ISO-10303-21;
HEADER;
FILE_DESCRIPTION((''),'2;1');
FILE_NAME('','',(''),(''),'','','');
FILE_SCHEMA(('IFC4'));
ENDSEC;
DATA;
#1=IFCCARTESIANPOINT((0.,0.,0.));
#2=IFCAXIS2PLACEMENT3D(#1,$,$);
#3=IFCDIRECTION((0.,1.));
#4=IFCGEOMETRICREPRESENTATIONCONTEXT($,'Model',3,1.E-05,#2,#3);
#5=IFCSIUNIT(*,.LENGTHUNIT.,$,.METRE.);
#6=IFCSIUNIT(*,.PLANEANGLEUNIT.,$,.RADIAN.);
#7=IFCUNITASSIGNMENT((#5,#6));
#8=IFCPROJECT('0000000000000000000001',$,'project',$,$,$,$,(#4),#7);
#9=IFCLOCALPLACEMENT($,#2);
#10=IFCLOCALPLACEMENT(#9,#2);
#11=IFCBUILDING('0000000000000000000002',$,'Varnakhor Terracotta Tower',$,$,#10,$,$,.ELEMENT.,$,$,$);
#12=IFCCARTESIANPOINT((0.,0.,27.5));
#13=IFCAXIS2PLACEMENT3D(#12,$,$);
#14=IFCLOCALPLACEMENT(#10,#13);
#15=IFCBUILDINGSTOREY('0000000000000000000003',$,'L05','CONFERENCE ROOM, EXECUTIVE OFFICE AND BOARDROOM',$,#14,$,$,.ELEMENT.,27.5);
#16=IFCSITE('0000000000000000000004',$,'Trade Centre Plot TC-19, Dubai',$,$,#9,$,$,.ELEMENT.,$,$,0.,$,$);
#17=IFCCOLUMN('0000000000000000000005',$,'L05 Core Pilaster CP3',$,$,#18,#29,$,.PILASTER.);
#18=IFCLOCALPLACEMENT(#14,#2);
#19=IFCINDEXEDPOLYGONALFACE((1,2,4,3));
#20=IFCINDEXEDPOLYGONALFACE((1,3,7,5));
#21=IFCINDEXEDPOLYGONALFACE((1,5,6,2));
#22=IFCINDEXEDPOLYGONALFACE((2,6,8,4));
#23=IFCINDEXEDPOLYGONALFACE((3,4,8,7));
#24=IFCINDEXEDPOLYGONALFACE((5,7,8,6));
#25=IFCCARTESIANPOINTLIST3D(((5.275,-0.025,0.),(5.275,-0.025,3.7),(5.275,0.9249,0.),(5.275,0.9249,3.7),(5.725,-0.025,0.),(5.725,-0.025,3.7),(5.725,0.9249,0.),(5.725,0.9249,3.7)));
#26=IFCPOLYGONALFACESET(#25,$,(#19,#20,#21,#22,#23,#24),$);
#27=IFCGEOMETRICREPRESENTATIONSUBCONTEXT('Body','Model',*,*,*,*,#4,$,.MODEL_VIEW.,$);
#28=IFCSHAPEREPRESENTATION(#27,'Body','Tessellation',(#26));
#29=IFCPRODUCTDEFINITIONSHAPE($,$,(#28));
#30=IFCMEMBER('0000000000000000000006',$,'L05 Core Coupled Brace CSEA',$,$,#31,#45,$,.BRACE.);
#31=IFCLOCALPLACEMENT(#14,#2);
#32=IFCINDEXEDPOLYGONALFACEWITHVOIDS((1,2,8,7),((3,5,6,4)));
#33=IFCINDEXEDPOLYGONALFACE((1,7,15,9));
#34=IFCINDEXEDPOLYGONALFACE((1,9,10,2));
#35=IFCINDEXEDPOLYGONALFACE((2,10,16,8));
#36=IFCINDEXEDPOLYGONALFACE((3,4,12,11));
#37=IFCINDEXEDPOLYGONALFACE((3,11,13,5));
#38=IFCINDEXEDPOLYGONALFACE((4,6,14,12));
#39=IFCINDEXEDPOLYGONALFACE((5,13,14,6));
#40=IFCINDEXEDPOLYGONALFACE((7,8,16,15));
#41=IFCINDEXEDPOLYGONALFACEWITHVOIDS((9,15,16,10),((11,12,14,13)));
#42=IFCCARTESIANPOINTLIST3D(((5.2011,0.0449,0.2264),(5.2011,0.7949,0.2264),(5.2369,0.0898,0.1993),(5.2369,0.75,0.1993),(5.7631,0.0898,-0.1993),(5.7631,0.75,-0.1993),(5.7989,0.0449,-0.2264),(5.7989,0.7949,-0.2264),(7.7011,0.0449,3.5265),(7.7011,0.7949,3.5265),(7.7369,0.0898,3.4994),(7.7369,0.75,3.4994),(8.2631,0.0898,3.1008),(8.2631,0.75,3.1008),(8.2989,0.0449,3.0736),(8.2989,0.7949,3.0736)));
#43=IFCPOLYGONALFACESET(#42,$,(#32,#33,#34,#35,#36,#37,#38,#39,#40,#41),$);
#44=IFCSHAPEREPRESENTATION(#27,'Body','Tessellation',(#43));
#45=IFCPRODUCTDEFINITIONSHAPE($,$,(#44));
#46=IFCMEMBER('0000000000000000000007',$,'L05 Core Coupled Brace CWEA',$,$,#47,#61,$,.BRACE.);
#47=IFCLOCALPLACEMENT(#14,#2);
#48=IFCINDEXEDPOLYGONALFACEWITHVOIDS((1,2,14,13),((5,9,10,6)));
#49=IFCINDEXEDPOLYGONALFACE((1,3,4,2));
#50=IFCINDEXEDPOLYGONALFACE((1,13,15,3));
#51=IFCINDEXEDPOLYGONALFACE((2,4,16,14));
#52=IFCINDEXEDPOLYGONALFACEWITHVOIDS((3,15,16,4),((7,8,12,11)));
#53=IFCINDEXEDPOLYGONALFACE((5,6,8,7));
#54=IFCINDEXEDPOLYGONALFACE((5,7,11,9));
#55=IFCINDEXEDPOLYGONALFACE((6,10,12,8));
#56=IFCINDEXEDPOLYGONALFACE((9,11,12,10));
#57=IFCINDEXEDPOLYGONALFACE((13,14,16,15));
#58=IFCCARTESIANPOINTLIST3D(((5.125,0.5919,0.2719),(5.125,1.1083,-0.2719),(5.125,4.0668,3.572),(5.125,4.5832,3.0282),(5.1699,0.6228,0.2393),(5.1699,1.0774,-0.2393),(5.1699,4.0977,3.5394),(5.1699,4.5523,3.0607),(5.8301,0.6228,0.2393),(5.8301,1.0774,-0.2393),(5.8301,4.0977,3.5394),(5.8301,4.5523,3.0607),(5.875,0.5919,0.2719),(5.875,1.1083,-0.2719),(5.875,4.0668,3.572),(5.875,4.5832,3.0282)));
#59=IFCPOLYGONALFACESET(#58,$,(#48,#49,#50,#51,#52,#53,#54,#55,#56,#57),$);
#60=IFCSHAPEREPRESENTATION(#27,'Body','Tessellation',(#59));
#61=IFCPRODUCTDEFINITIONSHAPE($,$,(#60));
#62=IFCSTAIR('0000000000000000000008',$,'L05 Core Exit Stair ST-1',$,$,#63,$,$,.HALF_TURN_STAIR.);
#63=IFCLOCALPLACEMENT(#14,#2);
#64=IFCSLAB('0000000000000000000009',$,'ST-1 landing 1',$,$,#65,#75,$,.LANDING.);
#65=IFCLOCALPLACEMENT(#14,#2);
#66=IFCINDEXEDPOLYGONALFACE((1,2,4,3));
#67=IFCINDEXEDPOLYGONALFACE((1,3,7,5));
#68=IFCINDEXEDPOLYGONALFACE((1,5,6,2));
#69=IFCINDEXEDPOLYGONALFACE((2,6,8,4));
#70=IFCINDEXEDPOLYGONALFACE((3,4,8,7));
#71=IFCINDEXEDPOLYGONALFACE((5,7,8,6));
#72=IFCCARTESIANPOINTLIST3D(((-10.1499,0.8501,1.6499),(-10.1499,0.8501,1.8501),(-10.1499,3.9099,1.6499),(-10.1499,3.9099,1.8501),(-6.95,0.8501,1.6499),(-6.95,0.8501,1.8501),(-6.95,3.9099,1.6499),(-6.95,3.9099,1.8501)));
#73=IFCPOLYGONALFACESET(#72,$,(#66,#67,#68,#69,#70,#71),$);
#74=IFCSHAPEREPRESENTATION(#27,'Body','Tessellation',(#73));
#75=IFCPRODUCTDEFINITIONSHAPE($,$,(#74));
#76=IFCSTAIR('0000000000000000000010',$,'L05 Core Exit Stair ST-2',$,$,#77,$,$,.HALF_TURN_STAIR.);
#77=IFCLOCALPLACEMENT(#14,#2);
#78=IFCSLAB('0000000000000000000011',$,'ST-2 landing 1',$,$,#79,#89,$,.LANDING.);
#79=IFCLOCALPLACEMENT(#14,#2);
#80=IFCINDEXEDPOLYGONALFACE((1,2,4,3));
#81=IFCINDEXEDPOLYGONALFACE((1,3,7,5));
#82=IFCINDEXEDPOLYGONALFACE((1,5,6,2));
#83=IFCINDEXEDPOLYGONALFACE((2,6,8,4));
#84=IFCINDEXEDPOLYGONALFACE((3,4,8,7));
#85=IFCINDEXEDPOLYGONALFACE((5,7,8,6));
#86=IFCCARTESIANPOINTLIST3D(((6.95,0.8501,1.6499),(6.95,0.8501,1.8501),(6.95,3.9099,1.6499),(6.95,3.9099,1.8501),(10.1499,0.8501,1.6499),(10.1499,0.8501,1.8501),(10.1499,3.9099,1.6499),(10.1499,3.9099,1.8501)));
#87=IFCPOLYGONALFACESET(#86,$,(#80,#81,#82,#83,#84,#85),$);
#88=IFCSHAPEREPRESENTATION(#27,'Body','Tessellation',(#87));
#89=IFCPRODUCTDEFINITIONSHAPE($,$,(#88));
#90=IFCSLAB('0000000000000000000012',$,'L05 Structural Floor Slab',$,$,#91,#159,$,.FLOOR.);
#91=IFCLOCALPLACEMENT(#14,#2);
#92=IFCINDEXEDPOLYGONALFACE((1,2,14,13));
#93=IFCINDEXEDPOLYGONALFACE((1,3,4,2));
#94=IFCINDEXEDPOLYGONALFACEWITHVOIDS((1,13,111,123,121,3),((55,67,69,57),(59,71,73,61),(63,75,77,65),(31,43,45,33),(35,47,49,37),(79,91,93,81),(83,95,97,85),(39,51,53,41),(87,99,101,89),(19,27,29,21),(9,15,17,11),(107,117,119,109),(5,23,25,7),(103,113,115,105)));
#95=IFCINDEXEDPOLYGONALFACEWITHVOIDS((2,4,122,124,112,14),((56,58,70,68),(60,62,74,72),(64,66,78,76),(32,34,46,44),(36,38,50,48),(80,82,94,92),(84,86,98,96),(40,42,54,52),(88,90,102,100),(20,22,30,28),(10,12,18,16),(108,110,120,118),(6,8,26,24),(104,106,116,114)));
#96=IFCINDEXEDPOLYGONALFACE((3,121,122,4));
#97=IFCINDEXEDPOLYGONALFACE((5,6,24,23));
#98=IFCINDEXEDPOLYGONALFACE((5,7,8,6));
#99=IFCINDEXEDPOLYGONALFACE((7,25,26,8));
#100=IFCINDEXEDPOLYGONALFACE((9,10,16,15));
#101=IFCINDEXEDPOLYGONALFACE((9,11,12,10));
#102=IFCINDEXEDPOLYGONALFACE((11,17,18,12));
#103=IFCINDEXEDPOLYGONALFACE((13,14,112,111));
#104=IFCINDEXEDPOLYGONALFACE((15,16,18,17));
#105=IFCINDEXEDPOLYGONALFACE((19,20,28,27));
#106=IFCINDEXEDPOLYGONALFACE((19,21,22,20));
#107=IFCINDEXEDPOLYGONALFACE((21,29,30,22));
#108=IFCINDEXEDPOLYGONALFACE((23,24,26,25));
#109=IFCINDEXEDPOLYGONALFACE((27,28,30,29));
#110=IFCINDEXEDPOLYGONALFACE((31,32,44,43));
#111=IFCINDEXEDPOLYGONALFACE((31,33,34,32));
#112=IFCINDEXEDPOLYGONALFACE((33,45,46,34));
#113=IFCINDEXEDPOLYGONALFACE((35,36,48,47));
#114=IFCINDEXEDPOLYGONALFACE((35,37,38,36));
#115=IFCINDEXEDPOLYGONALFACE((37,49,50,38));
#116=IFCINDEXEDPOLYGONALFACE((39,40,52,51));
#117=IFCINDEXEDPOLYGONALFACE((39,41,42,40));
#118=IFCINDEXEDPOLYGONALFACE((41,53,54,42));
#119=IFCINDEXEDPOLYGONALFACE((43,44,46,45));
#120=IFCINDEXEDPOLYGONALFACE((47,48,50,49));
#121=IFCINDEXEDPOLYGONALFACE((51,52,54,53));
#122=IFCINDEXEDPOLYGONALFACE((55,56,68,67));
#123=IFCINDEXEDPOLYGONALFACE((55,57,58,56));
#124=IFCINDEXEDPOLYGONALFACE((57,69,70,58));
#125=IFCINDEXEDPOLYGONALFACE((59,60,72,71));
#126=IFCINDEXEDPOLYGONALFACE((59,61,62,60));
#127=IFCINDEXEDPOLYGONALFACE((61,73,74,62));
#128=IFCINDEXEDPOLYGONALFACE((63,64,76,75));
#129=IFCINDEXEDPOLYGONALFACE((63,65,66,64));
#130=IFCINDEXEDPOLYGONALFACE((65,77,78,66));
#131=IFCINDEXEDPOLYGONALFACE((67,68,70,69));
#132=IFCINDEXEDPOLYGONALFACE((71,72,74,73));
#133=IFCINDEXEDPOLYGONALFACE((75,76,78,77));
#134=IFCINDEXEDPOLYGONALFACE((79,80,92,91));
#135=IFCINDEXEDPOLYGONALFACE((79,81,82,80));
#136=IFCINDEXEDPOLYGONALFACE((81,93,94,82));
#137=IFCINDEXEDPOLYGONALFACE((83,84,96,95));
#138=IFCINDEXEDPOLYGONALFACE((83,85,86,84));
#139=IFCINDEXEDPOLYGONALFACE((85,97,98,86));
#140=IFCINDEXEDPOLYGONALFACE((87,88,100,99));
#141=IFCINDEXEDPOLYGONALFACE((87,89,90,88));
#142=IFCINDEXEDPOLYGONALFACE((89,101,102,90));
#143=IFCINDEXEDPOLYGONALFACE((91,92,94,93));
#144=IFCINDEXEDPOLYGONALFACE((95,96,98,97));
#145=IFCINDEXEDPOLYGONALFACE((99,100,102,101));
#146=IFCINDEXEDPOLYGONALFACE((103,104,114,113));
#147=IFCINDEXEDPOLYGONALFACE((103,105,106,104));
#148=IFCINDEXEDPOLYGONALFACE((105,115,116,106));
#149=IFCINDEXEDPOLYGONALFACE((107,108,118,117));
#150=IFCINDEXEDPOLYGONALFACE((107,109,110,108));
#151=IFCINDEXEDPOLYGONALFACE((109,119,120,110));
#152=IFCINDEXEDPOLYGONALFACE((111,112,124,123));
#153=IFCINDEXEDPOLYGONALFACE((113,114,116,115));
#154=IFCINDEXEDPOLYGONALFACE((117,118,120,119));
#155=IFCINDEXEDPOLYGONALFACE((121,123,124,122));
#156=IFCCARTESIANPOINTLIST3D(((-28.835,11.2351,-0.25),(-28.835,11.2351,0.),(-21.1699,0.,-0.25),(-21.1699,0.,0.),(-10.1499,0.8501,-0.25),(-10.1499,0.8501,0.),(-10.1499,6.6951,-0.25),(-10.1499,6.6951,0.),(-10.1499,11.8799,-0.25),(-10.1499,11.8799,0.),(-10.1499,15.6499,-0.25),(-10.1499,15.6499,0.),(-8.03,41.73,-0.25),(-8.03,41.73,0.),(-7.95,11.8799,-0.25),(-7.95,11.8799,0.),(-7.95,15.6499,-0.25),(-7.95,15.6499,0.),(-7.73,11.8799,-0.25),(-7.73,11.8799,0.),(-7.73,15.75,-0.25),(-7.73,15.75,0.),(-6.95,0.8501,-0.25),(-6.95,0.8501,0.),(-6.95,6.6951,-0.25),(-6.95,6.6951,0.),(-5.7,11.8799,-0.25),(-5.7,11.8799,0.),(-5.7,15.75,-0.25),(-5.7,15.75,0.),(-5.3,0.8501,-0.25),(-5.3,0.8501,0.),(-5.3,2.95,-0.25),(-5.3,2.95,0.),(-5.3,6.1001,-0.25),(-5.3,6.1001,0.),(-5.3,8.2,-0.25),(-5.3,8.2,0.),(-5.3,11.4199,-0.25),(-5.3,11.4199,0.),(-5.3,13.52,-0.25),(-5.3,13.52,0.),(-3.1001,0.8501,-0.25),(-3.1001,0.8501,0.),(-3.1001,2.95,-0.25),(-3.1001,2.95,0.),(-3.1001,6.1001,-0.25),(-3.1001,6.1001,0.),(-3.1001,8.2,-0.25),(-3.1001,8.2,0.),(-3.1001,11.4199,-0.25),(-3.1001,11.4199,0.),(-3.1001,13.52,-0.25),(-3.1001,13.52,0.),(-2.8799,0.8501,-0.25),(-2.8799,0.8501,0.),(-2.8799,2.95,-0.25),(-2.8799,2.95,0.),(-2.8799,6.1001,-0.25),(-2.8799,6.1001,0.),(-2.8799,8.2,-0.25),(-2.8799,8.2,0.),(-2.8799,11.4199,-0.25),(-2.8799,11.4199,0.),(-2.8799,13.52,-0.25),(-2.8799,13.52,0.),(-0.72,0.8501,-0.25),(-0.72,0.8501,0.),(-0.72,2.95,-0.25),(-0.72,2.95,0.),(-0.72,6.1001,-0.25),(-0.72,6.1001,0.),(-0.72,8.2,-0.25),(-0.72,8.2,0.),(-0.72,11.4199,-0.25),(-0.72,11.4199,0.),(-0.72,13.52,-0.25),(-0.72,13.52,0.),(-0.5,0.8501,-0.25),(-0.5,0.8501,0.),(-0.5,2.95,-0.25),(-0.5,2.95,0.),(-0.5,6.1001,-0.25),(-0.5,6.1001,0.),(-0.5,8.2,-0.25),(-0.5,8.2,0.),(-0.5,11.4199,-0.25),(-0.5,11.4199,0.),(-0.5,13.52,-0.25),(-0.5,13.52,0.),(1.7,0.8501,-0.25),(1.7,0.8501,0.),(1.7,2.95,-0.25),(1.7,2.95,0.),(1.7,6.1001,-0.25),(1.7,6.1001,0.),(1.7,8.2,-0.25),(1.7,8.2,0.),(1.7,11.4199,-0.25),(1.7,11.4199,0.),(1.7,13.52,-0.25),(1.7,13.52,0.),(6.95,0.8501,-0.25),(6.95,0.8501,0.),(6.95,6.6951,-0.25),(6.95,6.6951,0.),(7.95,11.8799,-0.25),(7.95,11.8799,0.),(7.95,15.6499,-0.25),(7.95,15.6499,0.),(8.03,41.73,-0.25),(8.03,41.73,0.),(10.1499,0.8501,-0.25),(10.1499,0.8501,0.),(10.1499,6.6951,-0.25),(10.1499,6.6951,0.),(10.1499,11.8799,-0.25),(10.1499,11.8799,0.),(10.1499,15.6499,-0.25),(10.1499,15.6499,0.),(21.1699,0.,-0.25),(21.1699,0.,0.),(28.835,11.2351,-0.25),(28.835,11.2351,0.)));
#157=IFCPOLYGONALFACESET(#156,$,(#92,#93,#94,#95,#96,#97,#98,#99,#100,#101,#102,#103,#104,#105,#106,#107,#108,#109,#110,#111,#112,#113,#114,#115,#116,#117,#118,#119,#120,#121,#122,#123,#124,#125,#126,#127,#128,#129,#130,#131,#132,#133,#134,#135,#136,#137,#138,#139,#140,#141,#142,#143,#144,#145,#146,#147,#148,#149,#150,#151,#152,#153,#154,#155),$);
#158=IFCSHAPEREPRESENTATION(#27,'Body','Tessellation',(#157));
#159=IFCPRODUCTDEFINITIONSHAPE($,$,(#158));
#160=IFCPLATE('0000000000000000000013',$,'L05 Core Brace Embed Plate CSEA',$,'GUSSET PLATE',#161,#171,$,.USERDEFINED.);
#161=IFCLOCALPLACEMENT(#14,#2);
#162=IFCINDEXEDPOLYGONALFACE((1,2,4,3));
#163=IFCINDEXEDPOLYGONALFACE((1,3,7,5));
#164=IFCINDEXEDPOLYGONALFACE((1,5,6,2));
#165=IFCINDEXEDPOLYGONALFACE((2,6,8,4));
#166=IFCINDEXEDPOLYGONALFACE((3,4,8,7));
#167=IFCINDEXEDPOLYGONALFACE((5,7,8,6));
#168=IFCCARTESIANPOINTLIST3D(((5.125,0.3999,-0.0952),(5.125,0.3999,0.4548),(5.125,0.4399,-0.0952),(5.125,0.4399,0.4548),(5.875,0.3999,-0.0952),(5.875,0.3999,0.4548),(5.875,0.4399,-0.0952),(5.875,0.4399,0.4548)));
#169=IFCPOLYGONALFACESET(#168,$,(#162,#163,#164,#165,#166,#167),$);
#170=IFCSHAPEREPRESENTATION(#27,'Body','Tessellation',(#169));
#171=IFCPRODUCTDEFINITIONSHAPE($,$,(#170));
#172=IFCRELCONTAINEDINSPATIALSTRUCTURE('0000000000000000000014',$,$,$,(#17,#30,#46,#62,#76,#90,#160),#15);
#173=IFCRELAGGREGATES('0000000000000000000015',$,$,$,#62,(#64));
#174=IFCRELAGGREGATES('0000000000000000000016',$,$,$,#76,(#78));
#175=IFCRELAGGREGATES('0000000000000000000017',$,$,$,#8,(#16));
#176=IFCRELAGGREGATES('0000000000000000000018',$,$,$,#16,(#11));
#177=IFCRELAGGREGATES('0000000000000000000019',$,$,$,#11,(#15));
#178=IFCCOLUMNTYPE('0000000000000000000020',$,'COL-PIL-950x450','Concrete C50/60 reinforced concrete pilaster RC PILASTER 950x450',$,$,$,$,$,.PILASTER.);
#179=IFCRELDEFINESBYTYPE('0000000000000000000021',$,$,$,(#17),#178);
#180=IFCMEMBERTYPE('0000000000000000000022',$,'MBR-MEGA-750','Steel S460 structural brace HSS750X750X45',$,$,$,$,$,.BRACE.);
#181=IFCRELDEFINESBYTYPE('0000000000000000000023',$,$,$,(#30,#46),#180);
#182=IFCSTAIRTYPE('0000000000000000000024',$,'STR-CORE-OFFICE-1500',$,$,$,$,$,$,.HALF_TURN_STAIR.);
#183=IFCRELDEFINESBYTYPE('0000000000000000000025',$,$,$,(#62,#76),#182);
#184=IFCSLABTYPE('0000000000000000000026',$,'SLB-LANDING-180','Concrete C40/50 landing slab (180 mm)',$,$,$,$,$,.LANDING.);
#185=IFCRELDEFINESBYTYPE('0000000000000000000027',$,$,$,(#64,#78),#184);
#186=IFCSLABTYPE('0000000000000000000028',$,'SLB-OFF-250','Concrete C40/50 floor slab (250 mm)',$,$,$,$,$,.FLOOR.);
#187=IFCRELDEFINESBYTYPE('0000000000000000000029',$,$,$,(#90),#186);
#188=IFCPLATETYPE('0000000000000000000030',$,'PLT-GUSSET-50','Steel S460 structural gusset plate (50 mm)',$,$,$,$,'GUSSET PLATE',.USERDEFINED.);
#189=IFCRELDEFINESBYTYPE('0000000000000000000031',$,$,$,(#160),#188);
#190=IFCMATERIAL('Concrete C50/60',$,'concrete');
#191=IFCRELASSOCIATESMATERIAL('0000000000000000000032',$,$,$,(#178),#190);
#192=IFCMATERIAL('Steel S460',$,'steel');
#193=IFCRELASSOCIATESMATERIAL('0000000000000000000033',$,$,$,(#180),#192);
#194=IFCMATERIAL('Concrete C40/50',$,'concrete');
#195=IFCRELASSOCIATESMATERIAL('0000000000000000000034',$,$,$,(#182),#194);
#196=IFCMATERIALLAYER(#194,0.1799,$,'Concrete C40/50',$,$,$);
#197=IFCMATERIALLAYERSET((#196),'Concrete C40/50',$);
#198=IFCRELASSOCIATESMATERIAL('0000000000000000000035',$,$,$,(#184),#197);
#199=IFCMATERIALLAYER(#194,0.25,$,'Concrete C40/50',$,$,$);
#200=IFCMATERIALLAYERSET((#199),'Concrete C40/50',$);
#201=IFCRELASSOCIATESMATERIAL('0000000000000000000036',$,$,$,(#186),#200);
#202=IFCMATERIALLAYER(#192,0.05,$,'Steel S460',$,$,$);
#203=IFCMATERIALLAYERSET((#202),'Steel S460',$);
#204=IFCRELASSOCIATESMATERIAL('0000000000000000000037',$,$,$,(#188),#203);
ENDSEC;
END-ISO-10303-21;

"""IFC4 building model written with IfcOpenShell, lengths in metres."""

from ifc_helpers import new_model, si_unit, direction, frame, origin, origin_2d, place, context, subcontext, project, spatial, polyline, rectangle, hollow_rectangle, outline, extrude, source, transform, mapped, material, layer, layer_set, material_profile, profile_set, type_object, type_shapes, element, aggregate, save


model = new_model("IFC4")

# Units and contexts
model_context = context("Model", 3, precision=1e-05, world=origin(), true_north=direction((0.0, 1.0)))
body_context = subcontext(model_context, "Body", "Model", "MODEL_VIEW")
ifc_project = project(units=[si_unit("LENGTHUNIT", "METRE"), si_unit("PLANEANGLEUNIT", "RADIAN")], contexts=[model_context])

# Site, building, storey
site_placement = place(None, origin())
site = spatial("IfcSite", under=ifc_project, at=site_placement, Name="Trade Centre Plot TC-19, Dubai", CompositionType="ELEMENT", RefElevation=0.0)
building_placement = place(site_placement, origin())
building = spatial("IfcBuilding", under=site, at=building_placement, Name="Varnakhor Terracotta Tower", CompositionType="ELEMENT")
storey_placement = place(building_placement, frame((0.0, 0.0, 27.5)))
storey = spatial("IfcBuildingStorey", under=building, at=storey_placement, Name="L05", Description="CONFERENCE ROOM, EXECUTIVE OFFICE AND BOARDROOM", CompositionType="ELEMENT", Elevation=27.5)

# Column
ifc_material_1 = material(Name="Concrete C50/60", Category="concrete")
ifc_material_profile_1 = material_profile(ifc_material_1, rectangle(XDim=0.45, YDim=0.95, at=origin_2d()), Name="RC PILASTER 950x450")
ifc_profile_set_1 = profile_set([ifc_material_profile_1], Name="Concrete C50/60")
column_type = type_object("IfcColumnType", Name="COL-PIL-950x450", Description="Concrete C50/60 reinforced concrete pilaster RC PILASTER 950x450", PredefinedType="PILASTER", material=ifc_profile_set_1)
shared_shape_1 = source(origin(), body_context, "Body", "SweptSolid", [
    extrude(rectangle(XDim=0.45, YDim=0.95, at=origin_2d()), origin(), (0.0, 0.0, 1.0), 3.7),
])
column_placement = place(storey_placement, frame((5.5, 0.45, 0.0), z_axis=(0.0, 0.0, 1.0), x_axis=(1.0, 0.0, 0.0)))
element("IfcColumn", 1, at=column_placement, inside=storey, type_object=column_type, Name="L05 Core Pilaster CP3", PredefinedType="PILASTER", context=body_context, shape_type="MappedRepresentation", body=[
    mapped(shared_shape_1, transform((0.0, 0.0, 0.0), scale=1.0)),
])

# Members
ifc_material_2 = material(Name="Steel S460", Category="steel")
ifc_material_profile_2 = material_profile(ifc_material_2, hollow_rectangle(XDim=0.75, YDim=0.75, WallThickness=0.0449, at=origin_2d()), Name="HSS750X750X45")
ifc_profile_set_2 = profile_set([ifc_material_profile_2], Name="Steel S460")
member_type = type_object("IfcMemberType", Name="MBR-MEGA-750", Description="Steel S460 structural brace HSS750X750X45", PredefinedType="BRACE", material=ifc_profile_set_2)
shared_shape_2 = source(origin(), body_context, "Body", "SweptSolid", [
    extrude(hollow_rectangle(XDim=0.75, YDim=0.75, WallThickness=0.0449, at=origin_2d()), origin(), (0.0, 0.0, 1.0), 4.1401),
])
type_shapes(member_type, [shared_shape_2])
member_1_placement = place(storey_placement, frame((5.5, 0.4199, 0.0), z_axis=(0.603852, 0.0, 0.797096), x_axis=(0.0, 1.0, 0.0)))
element("IfcMember", 2, at=member_1_placement, inside=storey, type_object=member_type, Name="L05 Core Coupled Brace CSEA", PredefinedType="BRACE", context=body_context, shape_type="MappedRepresentation", body=[
    mapped(shared_shape_2, transform((0.0, 0.0, 0.0), scale=1.0)),
])
shared_shape_3 = source(origin(), body_context, "Body", "SweptSolid", [
    extrude(hollow_rectangle(XDim=0.75, YDim=0.75, WallThickness=0.0449, at=origin_2d()), origin(), (0.0, 0.0, 1.0), 4.7922),
])
member_2_placement = place(storey_placement, frame((5.5, 0.8501, 0.0), z_axis=(0.0, 0.72511, 0.688633), x_axis=(-1.0, 0.0, 0.0)))
element("IfcMember", 3, at=member_2_placement, inside=storey, type_object=member_type, Name="L05 Core Coupled Brace CWEA", PredefinedType="BRACE", context=body_context, shape_type="MappedRepresentation", body=[
    mapped(shared_shape_3, transform((0.0, 0.0, 0.0), scale=1.0)),
])

# Stairs, slabs
ifc_material_3 = material(Name="Concrete C40/50", Category="concrete")
stair_type = type_object("IfcStairType", Name="STR-CORE-OFFICE-1500", PredefinedType="HALF_TURN_STAIR", material=ifc_material_3)
stair_1_placement = place(storey_placement, origin())
stair_1 = element("IfcStair", 4, at=stair_1_placement, inside=storey, type_object=stair_type, Name="L05 Core Exit Stair ST-1", PredefinedType="HALF_TURN_STAIR")
ifc_layer_1 = layer(ifc_material_3, 0.1799, Name="Concrete C40/50")
ifc_layer_set_1 = layer_set([ifc_layer_1], Name="Concrete C40/50")
slab_type_1 = type_object("IfcSlabType", Name="SLB-LANDING-180", Description="Concrete C40/50 landing slab (180 mm)", PredefinedType="LANDING", material=ifc_layer_set_1)
slab_1_placement = place(storey_placement, frame((0.0, 0.0, 1.6499)))
slab_1 = element("IfcSlab", 5, at=slab_1_placement, type_object=slab_type_1, Name="ST-1 landing 1", PredefinedType="LANDING", context=body_context, shape_type="SweptSolid", body=[
    extrude(outline(polyline([(-10.1499, 3.9099), (-10.1499, 0.8501), (-6.95, 0.8501), (-6.95, 3.9099), (-10.1499, 3.9099)])), origin(), (0.0, 0.0, 1.0), 0.2002),
])
aggregate(stair_1, [slab_1])
stair_2_placement = place(storey_placement, origin())
stair_2 = element("IfcStair", 6, at=stair_2_placement, inside=storey, type_object=stair_type, Name="L05 Core Exit Stair ST-2", PredefinedType="HALF_TURN_STAIR")
slab_2_placement = place(storey_placement, frame((0.0, 0.0, 1.6499)))
slab_2 = element("IfcSlab", 7, at=slab_2_placement, type_object=slab_type_1, Name="ST-2 landing 1", PredefinedType="LANDING", context=body_context, shape_type="SweptSolid", body=[
    extrude(outline(polyline([(6.95, 3.9099), (6.95, 0.8501), (10.1499, 0.8501), (10.1499, 3.9099), (6.95, 3.9099)])), origin(), (0.0, 0.0, 1.0), 0.2002),
])
aggregate(stair_2, [slab_2])

# Slab
ifc_layer_2 = layer(ifc_material_3, 0.25, Name="Concrete C40/50")
ifc_layer_set_2 = layer_set([ifc_layer_2], Name="Concrete C40/50")
slab_type_2 = type_object("IfcSlabType", Name="SLB-OFF-250", Description="Concrete C40/50 floor slab (250 mm)", PredefinedType="FLOOR", material=ifc_layer_set_2)
slab_3_placement = place(storey_placement, frame((0.0, 0.0, -0.25)))
element("IfcSlab", 8, at=slab_3_placement, inside=storey, type_object=slab_type_2, Name="L05 Structural Floor Slab", PredefinedType="FLOOR", context=body_context, shape_type="SweptSolid", body=[
    extrude(outline(polyline([(-28.835, 11.2351), (-8.03, 41.73), (8.03, 41.73), (28.835, 11.2351), (21.1699, 0.0), (-21.1699, 0.0), (-28.835, 11.2351)]), holes=[polyline([(-3.1001, 0.8501), (-3.1001, 2.95), (-5.3, 2.95), (-5.3, 0.8501), (-3.1001, 0.8501)]), polyline([(-2.8799, 0.8501), (-0.72, 0.8501), (-0.72, 2.95), (-2.8799, 2.95), (-2.8799, 0.8501)]), polyline([(-10.1499, 0.8501), (-6.95, 0.8501), (-6.95, 6.6951), (-10.1499, 6.6951), (-10.1499, 0.8501)]), polyline([(-5.3, 6.1001), (-3.1001, 6.1001), (-3.1001, 8.2), (-5.3, 8.2), (-5.3, 6.1001)]), polyline([(-5.3, 11.4199), (-3.1001, 11.4199), (-3.1001, 13.52), (-5.3, 13.52), (-5.3, 11.4199)]), polyline([(-10.1499, 11.8799), (-7.95, 11.8799), (-7.95, 15.6499), (-10.1499, 15.6499), (-10.1499, 11.8799)]), polyline([(-7.73, 11.8799), (-5.7, 11.8799), (-5.7, 15.75), (-7.73, 15.75), (-7.73, 11.8799)]), polyline([(1.7, 0.8501), (1.7, 2.95), (-0.5, 2.95), (-0.5, 0.8501), (1.7, 0.8501)]), polyline([(6.95, 0.8501), (10.1499, 0.8501), (10.1499, 6.6951), (6.95, 6.6951), (6.95, 0.8501)]), polyline([(-2.8799, 6.1001), (-0.72, 6.1001), (-0.72, 8.2), (-2.8799, 8.2), (-2.8799, 6.1001)]), polyline([(-0.5, 6.1001), (1.7, 6.1001), (1.7, 8.2), (-0.5, 8.2), (-0.5, 6.1001)]), polyline([(-2.8799, 11.4199), (-0.72, 11.4199), (-0.72, 13.52), (-2.8799, 13.52), (-2.8799, 11.4199)]), polyline([(-0.5, 11.4199), (1.7, 11.4199), (1.7, 13.52), (-0.5, 13.52), (-0.5, 11.4199)]), polyline([(7.95, 11.8799), (10.1499, 11.8799), (10.1499, 15.6499), (7.95, 15.6499), (7.95, 11.8799)])]), origin(), (0.0, 0.0, 1.0), 0.25),
])

# Plate
ifc_layer_3 = layer(ifc_material_2, 0.05, Name="Steel S460")
ifc_layer_set_3 = layer_set([ifc_layer_3], Name="Steel S460")
plate_type = type_object("IfcPlateType", Name="PLT-GUSSET-50", Description="Steel S460 structural gusset plate (50 mm)", ElementType="GUSSET PLATE", PredefinedType="USERDEFINED", material=ifc_layer_set_3)
shared_shape_4 = source(origin(), body_context, "Body", "SweptSolid", [
    extrude(rectangle(XDim=0.75, YDim=0.04, at=origin_2d()), origin(), (0.0, 0.0, 1.0), 0.55),
])
type_shapes(plate_type, [shared_shape_4])
for number, where, z_axis, x_axis, name in (
    (9, (5.5, 0.4199, -0.0952), (0.0, 0.0, 1.0), (1.0, 0.0, 0.0), "L05 Core Brace Embed Plate CSEA"),
):
    element("IfcPlate", number, at=place(storey_placement, frame(where, z_axis=z_axis, x_axis=x_axis)), inside=storey, type_object=plate_type, Name=name, ObjectType="GUSSET PLATE", PredefinedType="USERDEFINED", context=body_context, shape_type="MappedRepresentation", body=[
        mapped(shared_shape_4, transform((0.0, 0.0, 0.0), scale=1.0)),
    ])

save(model, "model.ifc")
